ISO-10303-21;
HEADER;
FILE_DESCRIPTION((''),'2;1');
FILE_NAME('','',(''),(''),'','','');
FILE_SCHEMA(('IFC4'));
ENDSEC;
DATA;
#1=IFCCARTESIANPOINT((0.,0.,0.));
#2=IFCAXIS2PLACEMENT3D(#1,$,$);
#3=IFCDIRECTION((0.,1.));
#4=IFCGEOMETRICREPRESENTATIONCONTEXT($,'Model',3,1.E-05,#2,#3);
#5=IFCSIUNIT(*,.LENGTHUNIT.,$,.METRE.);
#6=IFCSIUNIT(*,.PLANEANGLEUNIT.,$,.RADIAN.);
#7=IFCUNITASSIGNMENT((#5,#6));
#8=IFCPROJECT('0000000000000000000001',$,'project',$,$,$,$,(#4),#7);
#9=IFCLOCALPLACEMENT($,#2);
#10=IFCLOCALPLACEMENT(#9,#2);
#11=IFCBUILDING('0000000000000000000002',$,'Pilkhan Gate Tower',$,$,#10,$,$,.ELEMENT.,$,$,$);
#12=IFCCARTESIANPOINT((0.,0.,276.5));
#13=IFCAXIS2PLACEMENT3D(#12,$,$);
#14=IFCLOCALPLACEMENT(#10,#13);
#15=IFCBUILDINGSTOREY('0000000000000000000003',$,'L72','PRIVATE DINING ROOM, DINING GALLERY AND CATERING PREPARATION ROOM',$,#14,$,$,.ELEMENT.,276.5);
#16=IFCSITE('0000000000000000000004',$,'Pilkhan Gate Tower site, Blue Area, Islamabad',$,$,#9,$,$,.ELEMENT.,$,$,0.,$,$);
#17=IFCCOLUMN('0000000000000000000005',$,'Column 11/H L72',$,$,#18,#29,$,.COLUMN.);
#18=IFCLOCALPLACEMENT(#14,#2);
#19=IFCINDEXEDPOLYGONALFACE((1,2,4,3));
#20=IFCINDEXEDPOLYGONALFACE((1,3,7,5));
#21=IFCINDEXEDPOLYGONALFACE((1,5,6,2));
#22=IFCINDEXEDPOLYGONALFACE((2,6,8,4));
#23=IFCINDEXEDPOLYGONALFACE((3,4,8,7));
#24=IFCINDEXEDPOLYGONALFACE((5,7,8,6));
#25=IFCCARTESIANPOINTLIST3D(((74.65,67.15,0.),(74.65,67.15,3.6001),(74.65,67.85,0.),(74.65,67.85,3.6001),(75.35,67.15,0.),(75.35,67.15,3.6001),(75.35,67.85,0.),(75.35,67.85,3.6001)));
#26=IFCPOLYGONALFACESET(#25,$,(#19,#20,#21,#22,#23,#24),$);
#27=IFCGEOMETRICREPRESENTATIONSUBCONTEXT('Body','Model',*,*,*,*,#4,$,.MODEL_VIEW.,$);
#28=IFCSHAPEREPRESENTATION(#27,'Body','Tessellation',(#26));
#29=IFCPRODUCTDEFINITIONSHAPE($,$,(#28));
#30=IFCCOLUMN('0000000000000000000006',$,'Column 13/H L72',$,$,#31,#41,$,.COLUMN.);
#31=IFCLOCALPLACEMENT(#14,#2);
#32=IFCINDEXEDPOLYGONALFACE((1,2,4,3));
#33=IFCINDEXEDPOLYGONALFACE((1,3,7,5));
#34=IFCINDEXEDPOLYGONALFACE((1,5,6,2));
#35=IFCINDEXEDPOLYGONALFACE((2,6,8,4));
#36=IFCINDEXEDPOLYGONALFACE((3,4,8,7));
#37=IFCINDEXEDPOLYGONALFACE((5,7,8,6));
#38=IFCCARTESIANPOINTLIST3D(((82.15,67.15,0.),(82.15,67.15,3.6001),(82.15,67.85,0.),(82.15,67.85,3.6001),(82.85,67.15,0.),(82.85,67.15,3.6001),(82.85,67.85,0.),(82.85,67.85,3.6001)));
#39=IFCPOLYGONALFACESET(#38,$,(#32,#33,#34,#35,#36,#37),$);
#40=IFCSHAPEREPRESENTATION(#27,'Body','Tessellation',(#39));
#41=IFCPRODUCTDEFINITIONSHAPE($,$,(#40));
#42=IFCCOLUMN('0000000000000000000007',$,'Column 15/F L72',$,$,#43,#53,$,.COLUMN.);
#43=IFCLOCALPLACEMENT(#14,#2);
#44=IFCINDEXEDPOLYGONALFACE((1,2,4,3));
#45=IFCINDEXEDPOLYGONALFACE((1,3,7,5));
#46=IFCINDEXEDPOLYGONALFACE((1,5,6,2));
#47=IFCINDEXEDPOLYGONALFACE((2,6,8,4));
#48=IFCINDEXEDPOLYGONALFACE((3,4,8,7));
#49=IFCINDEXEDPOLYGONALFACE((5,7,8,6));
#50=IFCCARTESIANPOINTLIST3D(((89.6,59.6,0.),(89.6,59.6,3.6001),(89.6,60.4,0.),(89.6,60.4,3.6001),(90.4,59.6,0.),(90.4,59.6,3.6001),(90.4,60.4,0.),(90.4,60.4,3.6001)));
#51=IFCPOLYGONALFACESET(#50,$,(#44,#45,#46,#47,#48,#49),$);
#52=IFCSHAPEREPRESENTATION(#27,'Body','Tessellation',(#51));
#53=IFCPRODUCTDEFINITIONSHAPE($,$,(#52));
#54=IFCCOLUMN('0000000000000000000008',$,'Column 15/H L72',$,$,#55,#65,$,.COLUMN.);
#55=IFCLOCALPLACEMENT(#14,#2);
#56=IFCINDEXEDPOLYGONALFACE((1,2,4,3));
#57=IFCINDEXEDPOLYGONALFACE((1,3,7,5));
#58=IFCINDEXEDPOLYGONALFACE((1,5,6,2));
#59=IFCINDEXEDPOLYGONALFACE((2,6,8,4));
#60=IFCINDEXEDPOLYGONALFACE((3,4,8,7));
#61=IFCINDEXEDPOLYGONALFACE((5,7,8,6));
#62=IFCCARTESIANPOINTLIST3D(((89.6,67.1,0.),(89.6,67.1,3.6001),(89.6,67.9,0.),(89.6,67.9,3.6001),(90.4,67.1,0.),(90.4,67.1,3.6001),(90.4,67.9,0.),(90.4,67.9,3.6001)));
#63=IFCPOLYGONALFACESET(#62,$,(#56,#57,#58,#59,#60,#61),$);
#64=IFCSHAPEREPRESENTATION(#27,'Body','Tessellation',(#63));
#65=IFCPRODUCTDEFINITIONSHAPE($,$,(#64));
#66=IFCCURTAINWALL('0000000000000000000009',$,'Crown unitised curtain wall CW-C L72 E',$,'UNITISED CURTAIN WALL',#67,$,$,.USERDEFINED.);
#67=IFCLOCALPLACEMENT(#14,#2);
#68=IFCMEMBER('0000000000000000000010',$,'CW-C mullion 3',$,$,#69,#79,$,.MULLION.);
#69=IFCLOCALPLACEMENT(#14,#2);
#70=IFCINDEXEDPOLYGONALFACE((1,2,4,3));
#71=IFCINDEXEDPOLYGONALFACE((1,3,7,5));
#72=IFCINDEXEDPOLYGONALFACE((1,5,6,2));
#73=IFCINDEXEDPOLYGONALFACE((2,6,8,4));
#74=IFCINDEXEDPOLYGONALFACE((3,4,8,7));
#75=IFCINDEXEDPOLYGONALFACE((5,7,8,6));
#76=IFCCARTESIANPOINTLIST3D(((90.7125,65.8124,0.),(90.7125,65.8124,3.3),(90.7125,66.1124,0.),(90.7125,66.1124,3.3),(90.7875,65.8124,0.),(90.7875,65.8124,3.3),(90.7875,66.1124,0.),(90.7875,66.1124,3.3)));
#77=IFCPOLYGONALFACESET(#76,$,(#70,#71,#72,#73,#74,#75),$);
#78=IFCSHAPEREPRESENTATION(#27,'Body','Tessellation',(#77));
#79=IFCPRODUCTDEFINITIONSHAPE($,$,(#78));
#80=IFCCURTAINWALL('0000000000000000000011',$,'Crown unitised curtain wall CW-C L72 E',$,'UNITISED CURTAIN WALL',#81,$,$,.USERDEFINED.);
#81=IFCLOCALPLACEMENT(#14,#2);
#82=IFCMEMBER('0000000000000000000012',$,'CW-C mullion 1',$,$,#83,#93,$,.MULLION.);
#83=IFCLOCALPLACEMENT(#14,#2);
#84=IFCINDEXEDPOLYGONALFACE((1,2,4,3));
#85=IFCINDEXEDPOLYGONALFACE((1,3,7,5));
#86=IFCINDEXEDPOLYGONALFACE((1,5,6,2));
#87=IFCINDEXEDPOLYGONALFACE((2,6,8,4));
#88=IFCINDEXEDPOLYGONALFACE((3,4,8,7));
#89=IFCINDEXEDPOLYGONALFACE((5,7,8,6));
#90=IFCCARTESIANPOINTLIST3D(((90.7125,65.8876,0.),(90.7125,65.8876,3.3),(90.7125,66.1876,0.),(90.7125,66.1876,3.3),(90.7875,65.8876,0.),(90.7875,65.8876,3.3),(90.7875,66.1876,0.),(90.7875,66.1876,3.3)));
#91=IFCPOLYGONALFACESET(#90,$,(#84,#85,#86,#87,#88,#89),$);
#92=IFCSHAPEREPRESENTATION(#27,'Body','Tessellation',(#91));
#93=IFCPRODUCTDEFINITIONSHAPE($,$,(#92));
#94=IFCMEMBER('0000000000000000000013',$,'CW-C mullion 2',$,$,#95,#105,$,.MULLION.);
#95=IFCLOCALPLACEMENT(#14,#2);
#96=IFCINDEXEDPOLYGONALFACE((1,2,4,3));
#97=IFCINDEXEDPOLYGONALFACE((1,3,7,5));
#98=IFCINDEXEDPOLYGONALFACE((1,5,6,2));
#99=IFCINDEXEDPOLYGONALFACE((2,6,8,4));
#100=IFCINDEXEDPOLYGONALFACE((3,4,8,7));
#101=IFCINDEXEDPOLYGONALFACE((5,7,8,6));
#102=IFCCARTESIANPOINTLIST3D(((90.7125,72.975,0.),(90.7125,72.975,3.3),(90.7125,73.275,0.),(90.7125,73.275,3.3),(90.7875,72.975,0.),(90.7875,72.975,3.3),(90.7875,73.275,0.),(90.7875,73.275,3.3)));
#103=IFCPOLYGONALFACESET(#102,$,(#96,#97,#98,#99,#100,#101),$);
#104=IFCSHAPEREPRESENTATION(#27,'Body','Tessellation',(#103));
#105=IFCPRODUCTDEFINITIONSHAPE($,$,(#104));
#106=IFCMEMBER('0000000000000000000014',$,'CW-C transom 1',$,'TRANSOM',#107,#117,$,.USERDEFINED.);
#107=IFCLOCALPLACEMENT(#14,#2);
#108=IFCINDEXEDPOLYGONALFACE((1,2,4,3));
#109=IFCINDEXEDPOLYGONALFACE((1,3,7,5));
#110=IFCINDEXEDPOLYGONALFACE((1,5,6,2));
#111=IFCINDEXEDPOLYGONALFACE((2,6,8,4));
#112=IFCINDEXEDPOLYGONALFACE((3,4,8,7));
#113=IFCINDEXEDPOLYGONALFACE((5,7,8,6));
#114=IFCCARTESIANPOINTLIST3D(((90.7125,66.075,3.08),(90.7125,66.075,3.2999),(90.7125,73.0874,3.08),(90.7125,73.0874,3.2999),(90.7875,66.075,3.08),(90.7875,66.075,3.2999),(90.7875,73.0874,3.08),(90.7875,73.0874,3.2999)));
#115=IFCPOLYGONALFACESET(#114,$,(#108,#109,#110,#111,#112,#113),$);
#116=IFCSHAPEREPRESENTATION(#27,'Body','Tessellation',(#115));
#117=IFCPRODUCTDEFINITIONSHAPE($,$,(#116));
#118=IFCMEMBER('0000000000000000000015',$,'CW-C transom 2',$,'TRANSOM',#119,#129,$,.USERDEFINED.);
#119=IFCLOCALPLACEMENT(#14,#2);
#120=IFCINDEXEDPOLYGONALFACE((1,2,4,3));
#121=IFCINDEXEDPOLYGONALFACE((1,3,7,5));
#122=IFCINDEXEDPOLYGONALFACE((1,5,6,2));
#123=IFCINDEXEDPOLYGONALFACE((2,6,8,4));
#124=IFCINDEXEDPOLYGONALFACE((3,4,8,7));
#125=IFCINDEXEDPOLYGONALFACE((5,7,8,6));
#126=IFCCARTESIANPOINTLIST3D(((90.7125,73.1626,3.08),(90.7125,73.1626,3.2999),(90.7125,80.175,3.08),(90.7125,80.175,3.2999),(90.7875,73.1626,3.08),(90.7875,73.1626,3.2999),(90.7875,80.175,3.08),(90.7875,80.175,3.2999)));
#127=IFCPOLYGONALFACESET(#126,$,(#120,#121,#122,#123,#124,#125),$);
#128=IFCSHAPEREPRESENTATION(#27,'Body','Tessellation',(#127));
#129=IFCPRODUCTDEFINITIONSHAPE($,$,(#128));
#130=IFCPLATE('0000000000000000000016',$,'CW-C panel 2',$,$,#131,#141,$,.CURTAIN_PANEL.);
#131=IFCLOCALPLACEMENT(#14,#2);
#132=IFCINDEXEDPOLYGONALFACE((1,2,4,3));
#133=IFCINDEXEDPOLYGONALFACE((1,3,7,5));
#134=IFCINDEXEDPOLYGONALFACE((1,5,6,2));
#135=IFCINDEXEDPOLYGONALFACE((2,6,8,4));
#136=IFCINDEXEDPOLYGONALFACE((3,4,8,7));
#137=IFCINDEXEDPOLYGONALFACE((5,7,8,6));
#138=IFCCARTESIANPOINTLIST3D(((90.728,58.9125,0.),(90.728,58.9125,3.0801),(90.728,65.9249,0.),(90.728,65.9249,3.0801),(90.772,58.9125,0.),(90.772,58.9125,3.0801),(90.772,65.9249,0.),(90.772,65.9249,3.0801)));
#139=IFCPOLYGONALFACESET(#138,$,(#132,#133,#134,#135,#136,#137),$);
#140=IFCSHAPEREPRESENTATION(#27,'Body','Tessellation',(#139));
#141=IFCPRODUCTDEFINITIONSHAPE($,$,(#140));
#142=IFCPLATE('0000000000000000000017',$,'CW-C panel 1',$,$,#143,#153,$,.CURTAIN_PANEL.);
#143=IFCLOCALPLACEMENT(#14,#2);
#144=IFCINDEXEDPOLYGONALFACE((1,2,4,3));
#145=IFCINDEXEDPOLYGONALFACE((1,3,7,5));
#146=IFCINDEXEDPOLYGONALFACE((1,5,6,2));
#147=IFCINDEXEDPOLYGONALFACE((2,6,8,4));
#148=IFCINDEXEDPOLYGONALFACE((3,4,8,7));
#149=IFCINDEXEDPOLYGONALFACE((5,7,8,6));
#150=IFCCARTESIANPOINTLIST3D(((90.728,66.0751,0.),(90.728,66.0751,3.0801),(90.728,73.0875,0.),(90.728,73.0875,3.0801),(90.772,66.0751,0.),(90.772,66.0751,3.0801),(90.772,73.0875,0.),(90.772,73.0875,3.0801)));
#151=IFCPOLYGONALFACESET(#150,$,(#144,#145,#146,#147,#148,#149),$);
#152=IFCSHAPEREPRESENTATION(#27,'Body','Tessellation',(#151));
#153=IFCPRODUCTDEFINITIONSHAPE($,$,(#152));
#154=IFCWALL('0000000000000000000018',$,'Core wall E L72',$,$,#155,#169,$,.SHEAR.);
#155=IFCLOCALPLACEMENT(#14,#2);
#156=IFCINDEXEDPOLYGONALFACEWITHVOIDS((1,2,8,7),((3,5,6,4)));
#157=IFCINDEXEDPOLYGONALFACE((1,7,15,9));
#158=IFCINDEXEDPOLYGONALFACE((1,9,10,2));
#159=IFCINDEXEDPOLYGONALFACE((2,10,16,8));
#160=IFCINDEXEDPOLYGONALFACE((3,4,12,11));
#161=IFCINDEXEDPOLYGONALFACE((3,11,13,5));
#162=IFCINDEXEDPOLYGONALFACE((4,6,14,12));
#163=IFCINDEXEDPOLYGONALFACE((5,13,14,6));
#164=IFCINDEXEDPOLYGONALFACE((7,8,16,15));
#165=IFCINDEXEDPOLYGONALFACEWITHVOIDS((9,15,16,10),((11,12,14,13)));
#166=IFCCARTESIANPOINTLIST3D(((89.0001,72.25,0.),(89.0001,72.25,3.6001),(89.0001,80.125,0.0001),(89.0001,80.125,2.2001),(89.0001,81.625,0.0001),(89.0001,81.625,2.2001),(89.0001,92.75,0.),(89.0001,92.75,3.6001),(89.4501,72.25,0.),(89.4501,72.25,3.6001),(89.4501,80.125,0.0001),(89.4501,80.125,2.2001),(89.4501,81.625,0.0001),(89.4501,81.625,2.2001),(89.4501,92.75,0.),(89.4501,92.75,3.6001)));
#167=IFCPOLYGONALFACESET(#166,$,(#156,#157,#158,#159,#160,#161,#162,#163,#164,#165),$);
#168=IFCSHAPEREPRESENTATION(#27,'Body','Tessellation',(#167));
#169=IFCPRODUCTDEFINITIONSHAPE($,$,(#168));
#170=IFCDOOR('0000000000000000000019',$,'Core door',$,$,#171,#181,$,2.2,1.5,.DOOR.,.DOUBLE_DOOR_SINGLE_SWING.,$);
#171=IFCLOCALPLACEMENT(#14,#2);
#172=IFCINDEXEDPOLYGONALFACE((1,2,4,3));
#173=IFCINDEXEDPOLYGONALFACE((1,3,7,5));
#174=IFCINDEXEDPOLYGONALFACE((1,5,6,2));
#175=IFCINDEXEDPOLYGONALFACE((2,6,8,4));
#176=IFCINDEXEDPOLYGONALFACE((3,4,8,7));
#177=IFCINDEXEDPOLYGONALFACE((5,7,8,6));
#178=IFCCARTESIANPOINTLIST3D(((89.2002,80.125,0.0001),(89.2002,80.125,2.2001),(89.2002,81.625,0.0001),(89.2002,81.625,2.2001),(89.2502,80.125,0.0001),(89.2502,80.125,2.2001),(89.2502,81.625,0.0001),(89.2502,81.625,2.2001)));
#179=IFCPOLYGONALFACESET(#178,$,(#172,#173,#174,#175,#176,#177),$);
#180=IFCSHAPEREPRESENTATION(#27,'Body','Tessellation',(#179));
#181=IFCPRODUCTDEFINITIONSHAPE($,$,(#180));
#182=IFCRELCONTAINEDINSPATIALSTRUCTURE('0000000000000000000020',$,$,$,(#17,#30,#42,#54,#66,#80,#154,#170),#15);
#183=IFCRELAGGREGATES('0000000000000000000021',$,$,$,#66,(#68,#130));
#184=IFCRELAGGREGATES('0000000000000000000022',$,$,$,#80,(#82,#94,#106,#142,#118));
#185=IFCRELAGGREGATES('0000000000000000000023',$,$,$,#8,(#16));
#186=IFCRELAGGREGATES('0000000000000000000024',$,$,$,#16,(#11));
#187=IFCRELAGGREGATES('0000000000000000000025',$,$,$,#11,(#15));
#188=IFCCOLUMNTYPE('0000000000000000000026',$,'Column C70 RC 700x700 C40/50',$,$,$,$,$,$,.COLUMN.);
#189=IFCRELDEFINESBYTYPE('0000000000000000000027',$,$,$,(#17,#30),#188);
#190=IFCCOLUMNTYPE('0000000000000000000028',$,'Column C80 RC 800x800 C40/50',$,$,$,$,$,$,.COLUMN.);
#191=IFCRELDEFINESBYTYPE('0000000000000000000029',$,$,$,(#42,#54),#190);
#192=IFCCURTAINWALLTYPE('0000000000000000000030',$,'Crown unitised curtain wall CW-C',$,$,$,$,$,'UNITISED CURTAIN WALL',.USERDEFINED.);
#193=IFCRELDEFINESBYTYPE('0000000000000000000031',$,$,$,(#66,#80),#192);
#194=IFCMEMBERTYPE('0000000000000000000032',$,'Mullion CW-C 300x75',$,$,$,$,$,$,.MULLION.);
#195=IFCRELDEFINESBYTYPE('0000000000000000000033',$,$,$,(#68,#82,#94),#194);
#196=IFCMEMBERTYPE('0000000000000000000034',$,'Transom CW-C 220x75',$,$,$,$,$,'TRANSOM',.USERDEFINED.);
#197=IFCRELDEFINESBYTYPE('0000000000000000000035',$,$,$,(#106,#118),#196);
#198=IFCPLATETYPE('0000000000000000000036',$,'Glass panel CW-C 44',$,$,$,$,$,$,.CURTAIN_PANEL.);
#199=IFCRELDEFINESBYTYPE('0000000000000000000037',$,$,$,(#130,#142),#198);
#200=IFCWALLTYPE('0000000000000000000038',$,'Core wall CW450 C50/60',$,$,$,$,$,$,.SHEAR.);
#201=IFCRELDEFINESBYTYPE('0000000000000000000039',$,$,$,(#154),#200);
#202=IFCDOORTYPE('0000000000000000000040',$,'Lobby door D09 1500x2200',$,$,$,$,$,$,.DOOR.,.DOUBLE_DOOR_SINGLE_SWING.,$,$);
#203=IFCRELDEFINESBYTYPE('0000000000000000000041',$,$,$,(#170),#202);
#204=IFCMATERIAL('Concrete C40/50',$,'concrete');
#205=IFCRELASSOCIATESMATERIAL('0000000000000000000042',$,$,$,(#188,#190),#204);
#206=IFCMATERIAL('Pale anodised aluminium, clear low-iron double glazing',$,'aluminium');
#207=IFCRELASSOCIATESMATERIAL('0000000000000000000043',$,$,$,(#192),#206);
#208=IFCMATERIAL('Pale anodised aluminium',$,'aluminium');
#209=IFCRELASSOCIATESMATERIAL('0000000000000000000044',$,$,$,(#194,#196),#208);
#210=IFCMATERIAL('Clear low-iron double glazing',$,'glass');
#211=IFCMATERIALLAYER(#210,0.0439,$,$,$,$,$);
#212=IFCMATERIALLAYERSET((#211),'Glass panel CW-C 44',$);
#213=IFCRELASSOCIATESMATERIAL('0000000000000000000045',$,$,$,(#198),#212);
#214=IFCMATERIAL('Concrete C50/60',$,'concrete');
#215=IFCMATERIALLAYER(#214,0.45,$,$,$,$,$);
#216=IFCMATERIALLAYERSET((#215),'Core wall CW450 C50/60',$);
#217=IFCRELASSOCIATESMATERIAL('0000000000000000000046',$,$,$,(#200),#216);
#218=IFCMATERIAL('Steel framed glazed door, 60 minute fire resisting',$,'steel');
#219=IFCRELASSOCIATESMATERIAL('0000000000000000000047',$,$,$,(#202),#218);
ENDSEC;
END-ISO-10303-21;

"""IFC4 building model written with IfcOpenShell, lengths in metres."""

from ifc_helpers import new_model, si_unit, direction, frame, frame_2d, origin, origin_2d, place, context, subcontext, project, spatial, rectangle, extrude, material, layer, layer_set, material_profile, profile_set, type_object, element, fill, aggregate, save


model = new_model("IFC4")

# Units and contexts
model_context = context("Model", 3, precision=1e-05, world=origin(), true_north=direction((0.0, 1.0)))
body_context = subcontext(model_context, "Body", "Model", "MODEL_VIEW")
ifc_project = project(units=[si_unit("LENGTHUNIT", "METRE"), si_unit("PLANEANGLEUNIT", "RADIAN")], contexts=[model_context])

# Site, building, storey
site_placement = place(None, origin())
site = spatial("IfcSite", under=ifc_project, at=site_placement, Name="Pilkhan Gate Tower site, Blue Area, Islamabad", CompositionType="ELEMENT", RefElevation=0.0)
building_placement = place(site_placement, origin())
building = spatial("IfcBuilding", under=site, at=building_placement, Name="Pilkhan Gate Tower", CompositionType="ELEMENT")
storey_placement = place(building_placement, frame((0.0, 0.0, 276.5)))
storey = spatial("IfcBuildingStorey", under=building, at=storey_placement, Name="L72", Description="PRIVATE DINING ROOM, DINING GALLERY AND CATERING PREPARATION ROOM", CompositionType="ELEMENT", Elevation=276.5)

# Columns
ifc_material_1 = material(Name="Concrete C40/50", Category="concrete")
ifc_material_profile_1 = material_profile(ifc_material_1, rectangle(XDim=0.7, YDim=0.7, at=origin_2d()), Name="RC 700x700")
ifc_profile_set_1 = profile_set([ifc_material_profile_1], Name="Concrete C40/50")
column_type_1 = type_object("IfcColumnType", Name="Column C70 RC 700x700 C40/50", PredefinedType="COLUMN", material=ifc_profile_set_1)
for number, where, z_axis, x_axis, name in (
    (1, (75.0, 67.5, 0.0), (0.0, 0.0, 1.0), (1.0, 0.0, 0.0), "Column 11/H L72"),
    (2, (82.5, 67.5, 0.0), (0.0, 0.0, 1.0), (1.0, 0.0, 0.0), "Column 13/H L72"),
):
    element("IfcColumn", number, at=place(storey_placement, frame(where, z_axis=z_axis, x_axis=x_axis)), inside=storey, type_object=column_type_1, Name=name, PredefinedType="COLUMN", context=body_context, shape_type="SweptSolid", body=[
        extrude(rectangle(XDim=0.7, YDim=0.7, at=origin_2d()), origin(), (0.0, 0.0, 1.0), 3.6001),
    ])
ifc_material_profile_2 = material_profile(ifc_material_1, rectangle(XDim=0.8, YDim=0.8, at=origin_2d()), Name="RC 800x800")
ifc_profile_set_2 = profile_set([ifc_material_profile_2], Name="Concrete C40/50")
column_type_2 = type_object("IfcColumnType", Name="Column C80 RC 800x800 C40/50", PredefinedType="COLUMN", material=ifc_profile_set_2)
for number, where, z_axis, x_axis, name in (
    (3, (90.0, 60.0, 0.0), (0.0, 0.0, 1.0), (1.0, 0.0, 0.0), "Column 15/F L72"),
    (4, (90.0, 67.5, 0.0), (0.0, 0.0, 1.0), (1.0, 0.0, 0.0), "Column 15/H L72"),
):
    element("IfcColumn", number, at=place(storey_placement, frame(where, z_axis=z_axis, x_axis=x_axis)), inside=storey, type_object=column_type_2, Name=name, PredefinedType="COLUMN", context=body_context, shape_type="SweptSolid", body=[
        extrude(rectangle(XDim=0.8, YDim=0.8, at=origin_2d()), origin(), (0.0, 0.0, 1.0), 3.6001),
    ])

# Curtain wall, member
ifc_material_2 = material(Name="Pale anodised aluminium, clear low-iron double glazing", Category="aluminium")
curtain_wall_type = type_object("IfcCurtainWallType", Name="Crown unitised curtain wall CW-C", ElementType="UNITISED CURTAIN WALL", PredefinedType="USERDEFINED", material=ifc_material_2)
curtain_wall_1_placement = place(storey_placement, origin())
curtain_wall_1 = element("IfcCurtainWall", 5, at=curtain_wall_1_placement, inside=storey, type_object=curtain_wall_type, Name="Crown unitised curtain wall CW-C L72 E", ObjectType="UNITISED CURTAIN WALL", PredefinedType="USERDEFINED")
ifc_material_3 = material(Name="Pale anodised aluminium", Category="aluminium")
ifc_material_profile_3 = material_profile(ifc_material_3, rectangle(XDim=0.075, YDim=0.3, at=origin_2d()), Name="Mullion 300x75")
ifc_profile_set_3 = profile_set([ifc_material_profile_3], Name="Pale anodised aluminium")
member_type_1 = type_object("IfcMemberType", Name="Mullion CW-C 300x75", PredefinedType="MULLION", material=ifc_profile_set_3)
member_1_placement = place(storey_placement, frame((90.75, 65.9624, 0.0), z_axis=(0.0, 0.0, 1.0), x_axis=(-1.0, 0.0, 0.0)))
member_1 = element("IfcMember", 6, at=member_1_placement, type_object=member_type_1, Name="CW-C mullion 3", PredefinedType="MULLION", context=body_context, shape_type="SweptSolid", body=[
    extrude(rectangle(XDim=0.075, YDim=0.3, at=origin_2d()), origin(), (0.0, 0.0, 1.0), 3.3),
])

# Curtain wall, members
curtain_wall_2_placement = place(storey_placement, origin())
curtain_wall_2 = element("IfcCurtainWall", 7, at=curtain_wall_2_placement, inside=storey, type_object=curtain_wall_type, Name="Crown unitised curtain wall CW-C L72 E", ObjectType="UNITISED CURTAIN WALL", PredefinedType="USERDEFINED")
member_2_placement = place(storey_placement, frame((90.75, 66.0376, 0.0), z_axis=(0.0, 0.0, 1.0), x_axis=(-1.0, 0.0, 0.0)))
member_2 = element("IfcMember", 8, at=member_2_placement, type_object=member_type_1, Name="CW-C mullion 1", PredefinedType="MULLION", context=body_context, shape_type="SweptSolid", body=[
    extrude(rectangle(XDim=0.075, YDim=0.3, at=origin_2d()), origin(), (0.0, 0.0, 1.0), 3.3),
])
member_3_placement = place(storey_placement, frame((90.75, 73.125, 0.0), z_axis=(0.0, 0.0, 1.0), x_axis=(-1.0, 0.0, 0.0)))
member_3 = element("IfcMember", 9, at=member_3_placement, type_object=member_type_1, Name="CW-C mullion 2", PredefinedType="MULLION", context=body_context, shape_type="SweptSolid", body=[
    extrude(rectangle(XDim=0.075, YDim=0.3, at=origin_2d()), origin(), (0.0, 0.0, 1.0), 3.3),
])
ifc_material_profile_4 = material_profile(ifc_material_3, rectangle(XDim=0.075, YDim=0.22, at=origin_2d()), Name="Transom 220x75")
ifc_profile_set_4 = profile_set([ifc_material_profile_4], Name="Pale anodised aluminium")
member_type_2 = type_object("IfcMemberType", Name="Transom CW-C 220x75", ElementType="TRANSOM", PredefinedType="USERDEFINED", material=ifc_profile_set_4)
member_4_placement = place(storey_placement, frame((90.75, 66.075, 3.1899), z_axis=(0.0, 1.0, 0.0), x_axis=(-1.0, 0.0, 0.0)))
member_4 = element("IfcMember", 10, at=member_4_placement, type_object=member_type_2, Name="CW-C transom 1", ObjectType="TRANSOM", PredefinedType="USERDEFINED", context=body_context, shape_type="SweptSolid", body=[
    extrude(rectangle(XDim=0.075, YDim=0.22, at=origin_2d()), origin(), (0.0, 0.0, 1.0), 7.0125),
])
member_5_placement = place(storey_placement, frame((90.75, 73.1626, 3.1899), z_axis=(0.0, 1.0, 0.0), x_axis=(-1.0, 0.0, 0.0)))
member_5 = element("IfcMember", 11, at=member_5_placement, type_object=member_type_2, Name="CW-C transom 2", ObjectType="TRANSOM", PredefinedType="USERDEFINED", context=body_context, shape_type="SweptSolid", body=[
    extrude(rectangle(XDim=0.075, YDim=0.22, at=origin_2d()), origin(), (0.0, 0.0, 1.0), 7.0125),
])

# Plates
ifc_material_4 = material(Name="Clear low-iron double glazing", Category="glass")
ifc_layer_1 = layer(ifc_material_4, 0.0439)
ifc_layer_set_1 = layer_set([ifc_layer_1], Name="Glass panel CW-C 44")
plate_type = type_object("IfcPlateType", Name="Glass panel CW-C 44", PredefinedType="CURTAIN_PANEL", material=ifc_layer_set_1)
plate_1_placement = place(storey_placement, frame((90.75, 62.4187, 0.0), z_axis=(0.0, 0.0, 1.0), x_axis=(0.0, 1.0, 0.0)))
plate_1 = element("IfcPlate", 12, at=plate_1_placement, type_object=plate_type, Name="CW-C panel 2", PredefinedType="CURTAIN_PANEL", context=body_context, shape_type="SweptSolid", body=[
    extrude(rectangle(XDim=7.0125, YDim=0.0439, at=origin_2d()), origin(), (0.0, 0.0, 1.0), 3.0801),
])
aggregate(curtain_wall_1, [member_1, plate_1])
plate_2_placement = place(storey_placement, frame((90.75, 69.5813, 0.0), z_axis=(0.0, 0.0, 1.0), x_axis=(0.0, 1.0, 0.0)))
plate_2 = element("IfcPlate", 13, at=plate_2_placement, type_object=plate_type, Name="CW-C panel 1", PredefinedType="CURTAIN_PANEL", context=body_context, shape_type="SweptSolid", body=[
    extrude(rectangle(XDim=7.0125, YDim=0.0439, at=origin_2d()), origin(), (0.0, 0.0, 1.0), 3.0801),
])
aggregate(curtain_wall_2, [member_2, member_3, member_4, plate_2, member_5])

# Wall, opening, door
ifc_material_5 = material(Name="Concrete C50/60", Category="concrete")
ifc_layer_2 = layer(ifc_material_5, 0.45)
ifc_layer_set_2 = layer_set([ifc_layer_2], Name="Core wall CW450 C50/60")
wall_type_1 = type_object("IfcWallType", Name="Core wall CW450 C50/60", PredefinedType="SHEAR", material=ifc_layer_set_2)
wall_1_placement = place(storey_placement, frame((89.2251, 72.25, 0.0), z_axis=(0.0, 0.0, 1.0), x_axis=(0.0, 1.0, 0.0)))
wall_1 = element("IfcWall", 14, at=wall_1_placement, inside=storey, type_object=wall_type_1, Name="Core wall E L72", PredefinedType="SHEAR", context=body_context, shape_type="SweptSolid", body=[
    extrude(rectangle(XDim=20.5, YDim=0.45, at=frame_2d((10.25, 0.0))), origin(), (0.0, 0.0, 1.0), 3.6001),
])
opening_1_placement = place(wall_1_placement, frame((7.875, 0.0, 0.0)))
opening_1 = element("IfcOpeningElement", 15, at=opening_1_placement, cuts=wall_1, PredefinedType="OPENING", context=body_context, shape_type="SweptSolid", body=[
    extrude(rectangle(XDim=1.5, YDim=2.2, at=frame_2d((0.75, 1.1001))), frame((0.0, 0.2349, 0.0), z_axis=(0.0, -1.0, 0.0), x_axis=(1.0, 0.0, 0.0)), (0.0, 0.0, 1.0), 0.47),
])
ifc_material_6 = material(Name="Steel framed glazed door, 60 minute fire resisting", Category="steel")
door_type_1 = type_object("IfcDoorType", Name="Lobby door D09 1500x2200", OperationType="DOUBLE_DOOR_SINGLE_SWING", PredefinedType="DOOR", material=ifc_material_6)
door_1_placement = place(opening_1_placement, origin())
door_1 = element("IfcDoor", 16, at=door_1_placement, inside=storey, type_object=door_type_1, Name="Core door", OperationType="DOUBLE_DOOR_SINGLE_SWING", OverallHeight=2.2, OverallWidth=1.5, PredefinedType="DOOR", context=body_context, shape_type="SweptSolid", body=[
    extrude(rectangle(XDim=1.5, YDim=2.2, at=frame_2d((0.75, 1.1001))), frame((0.0, 0.0249, 0.0), z_axis=(0.0, -1.0, 0.0), x_axis=(1.0, 0.0, 0.0)), (0.0, 0.0, 1.0), 0.05),
])
fill(opening_1, door_1)

save(model, "model.ifc")
